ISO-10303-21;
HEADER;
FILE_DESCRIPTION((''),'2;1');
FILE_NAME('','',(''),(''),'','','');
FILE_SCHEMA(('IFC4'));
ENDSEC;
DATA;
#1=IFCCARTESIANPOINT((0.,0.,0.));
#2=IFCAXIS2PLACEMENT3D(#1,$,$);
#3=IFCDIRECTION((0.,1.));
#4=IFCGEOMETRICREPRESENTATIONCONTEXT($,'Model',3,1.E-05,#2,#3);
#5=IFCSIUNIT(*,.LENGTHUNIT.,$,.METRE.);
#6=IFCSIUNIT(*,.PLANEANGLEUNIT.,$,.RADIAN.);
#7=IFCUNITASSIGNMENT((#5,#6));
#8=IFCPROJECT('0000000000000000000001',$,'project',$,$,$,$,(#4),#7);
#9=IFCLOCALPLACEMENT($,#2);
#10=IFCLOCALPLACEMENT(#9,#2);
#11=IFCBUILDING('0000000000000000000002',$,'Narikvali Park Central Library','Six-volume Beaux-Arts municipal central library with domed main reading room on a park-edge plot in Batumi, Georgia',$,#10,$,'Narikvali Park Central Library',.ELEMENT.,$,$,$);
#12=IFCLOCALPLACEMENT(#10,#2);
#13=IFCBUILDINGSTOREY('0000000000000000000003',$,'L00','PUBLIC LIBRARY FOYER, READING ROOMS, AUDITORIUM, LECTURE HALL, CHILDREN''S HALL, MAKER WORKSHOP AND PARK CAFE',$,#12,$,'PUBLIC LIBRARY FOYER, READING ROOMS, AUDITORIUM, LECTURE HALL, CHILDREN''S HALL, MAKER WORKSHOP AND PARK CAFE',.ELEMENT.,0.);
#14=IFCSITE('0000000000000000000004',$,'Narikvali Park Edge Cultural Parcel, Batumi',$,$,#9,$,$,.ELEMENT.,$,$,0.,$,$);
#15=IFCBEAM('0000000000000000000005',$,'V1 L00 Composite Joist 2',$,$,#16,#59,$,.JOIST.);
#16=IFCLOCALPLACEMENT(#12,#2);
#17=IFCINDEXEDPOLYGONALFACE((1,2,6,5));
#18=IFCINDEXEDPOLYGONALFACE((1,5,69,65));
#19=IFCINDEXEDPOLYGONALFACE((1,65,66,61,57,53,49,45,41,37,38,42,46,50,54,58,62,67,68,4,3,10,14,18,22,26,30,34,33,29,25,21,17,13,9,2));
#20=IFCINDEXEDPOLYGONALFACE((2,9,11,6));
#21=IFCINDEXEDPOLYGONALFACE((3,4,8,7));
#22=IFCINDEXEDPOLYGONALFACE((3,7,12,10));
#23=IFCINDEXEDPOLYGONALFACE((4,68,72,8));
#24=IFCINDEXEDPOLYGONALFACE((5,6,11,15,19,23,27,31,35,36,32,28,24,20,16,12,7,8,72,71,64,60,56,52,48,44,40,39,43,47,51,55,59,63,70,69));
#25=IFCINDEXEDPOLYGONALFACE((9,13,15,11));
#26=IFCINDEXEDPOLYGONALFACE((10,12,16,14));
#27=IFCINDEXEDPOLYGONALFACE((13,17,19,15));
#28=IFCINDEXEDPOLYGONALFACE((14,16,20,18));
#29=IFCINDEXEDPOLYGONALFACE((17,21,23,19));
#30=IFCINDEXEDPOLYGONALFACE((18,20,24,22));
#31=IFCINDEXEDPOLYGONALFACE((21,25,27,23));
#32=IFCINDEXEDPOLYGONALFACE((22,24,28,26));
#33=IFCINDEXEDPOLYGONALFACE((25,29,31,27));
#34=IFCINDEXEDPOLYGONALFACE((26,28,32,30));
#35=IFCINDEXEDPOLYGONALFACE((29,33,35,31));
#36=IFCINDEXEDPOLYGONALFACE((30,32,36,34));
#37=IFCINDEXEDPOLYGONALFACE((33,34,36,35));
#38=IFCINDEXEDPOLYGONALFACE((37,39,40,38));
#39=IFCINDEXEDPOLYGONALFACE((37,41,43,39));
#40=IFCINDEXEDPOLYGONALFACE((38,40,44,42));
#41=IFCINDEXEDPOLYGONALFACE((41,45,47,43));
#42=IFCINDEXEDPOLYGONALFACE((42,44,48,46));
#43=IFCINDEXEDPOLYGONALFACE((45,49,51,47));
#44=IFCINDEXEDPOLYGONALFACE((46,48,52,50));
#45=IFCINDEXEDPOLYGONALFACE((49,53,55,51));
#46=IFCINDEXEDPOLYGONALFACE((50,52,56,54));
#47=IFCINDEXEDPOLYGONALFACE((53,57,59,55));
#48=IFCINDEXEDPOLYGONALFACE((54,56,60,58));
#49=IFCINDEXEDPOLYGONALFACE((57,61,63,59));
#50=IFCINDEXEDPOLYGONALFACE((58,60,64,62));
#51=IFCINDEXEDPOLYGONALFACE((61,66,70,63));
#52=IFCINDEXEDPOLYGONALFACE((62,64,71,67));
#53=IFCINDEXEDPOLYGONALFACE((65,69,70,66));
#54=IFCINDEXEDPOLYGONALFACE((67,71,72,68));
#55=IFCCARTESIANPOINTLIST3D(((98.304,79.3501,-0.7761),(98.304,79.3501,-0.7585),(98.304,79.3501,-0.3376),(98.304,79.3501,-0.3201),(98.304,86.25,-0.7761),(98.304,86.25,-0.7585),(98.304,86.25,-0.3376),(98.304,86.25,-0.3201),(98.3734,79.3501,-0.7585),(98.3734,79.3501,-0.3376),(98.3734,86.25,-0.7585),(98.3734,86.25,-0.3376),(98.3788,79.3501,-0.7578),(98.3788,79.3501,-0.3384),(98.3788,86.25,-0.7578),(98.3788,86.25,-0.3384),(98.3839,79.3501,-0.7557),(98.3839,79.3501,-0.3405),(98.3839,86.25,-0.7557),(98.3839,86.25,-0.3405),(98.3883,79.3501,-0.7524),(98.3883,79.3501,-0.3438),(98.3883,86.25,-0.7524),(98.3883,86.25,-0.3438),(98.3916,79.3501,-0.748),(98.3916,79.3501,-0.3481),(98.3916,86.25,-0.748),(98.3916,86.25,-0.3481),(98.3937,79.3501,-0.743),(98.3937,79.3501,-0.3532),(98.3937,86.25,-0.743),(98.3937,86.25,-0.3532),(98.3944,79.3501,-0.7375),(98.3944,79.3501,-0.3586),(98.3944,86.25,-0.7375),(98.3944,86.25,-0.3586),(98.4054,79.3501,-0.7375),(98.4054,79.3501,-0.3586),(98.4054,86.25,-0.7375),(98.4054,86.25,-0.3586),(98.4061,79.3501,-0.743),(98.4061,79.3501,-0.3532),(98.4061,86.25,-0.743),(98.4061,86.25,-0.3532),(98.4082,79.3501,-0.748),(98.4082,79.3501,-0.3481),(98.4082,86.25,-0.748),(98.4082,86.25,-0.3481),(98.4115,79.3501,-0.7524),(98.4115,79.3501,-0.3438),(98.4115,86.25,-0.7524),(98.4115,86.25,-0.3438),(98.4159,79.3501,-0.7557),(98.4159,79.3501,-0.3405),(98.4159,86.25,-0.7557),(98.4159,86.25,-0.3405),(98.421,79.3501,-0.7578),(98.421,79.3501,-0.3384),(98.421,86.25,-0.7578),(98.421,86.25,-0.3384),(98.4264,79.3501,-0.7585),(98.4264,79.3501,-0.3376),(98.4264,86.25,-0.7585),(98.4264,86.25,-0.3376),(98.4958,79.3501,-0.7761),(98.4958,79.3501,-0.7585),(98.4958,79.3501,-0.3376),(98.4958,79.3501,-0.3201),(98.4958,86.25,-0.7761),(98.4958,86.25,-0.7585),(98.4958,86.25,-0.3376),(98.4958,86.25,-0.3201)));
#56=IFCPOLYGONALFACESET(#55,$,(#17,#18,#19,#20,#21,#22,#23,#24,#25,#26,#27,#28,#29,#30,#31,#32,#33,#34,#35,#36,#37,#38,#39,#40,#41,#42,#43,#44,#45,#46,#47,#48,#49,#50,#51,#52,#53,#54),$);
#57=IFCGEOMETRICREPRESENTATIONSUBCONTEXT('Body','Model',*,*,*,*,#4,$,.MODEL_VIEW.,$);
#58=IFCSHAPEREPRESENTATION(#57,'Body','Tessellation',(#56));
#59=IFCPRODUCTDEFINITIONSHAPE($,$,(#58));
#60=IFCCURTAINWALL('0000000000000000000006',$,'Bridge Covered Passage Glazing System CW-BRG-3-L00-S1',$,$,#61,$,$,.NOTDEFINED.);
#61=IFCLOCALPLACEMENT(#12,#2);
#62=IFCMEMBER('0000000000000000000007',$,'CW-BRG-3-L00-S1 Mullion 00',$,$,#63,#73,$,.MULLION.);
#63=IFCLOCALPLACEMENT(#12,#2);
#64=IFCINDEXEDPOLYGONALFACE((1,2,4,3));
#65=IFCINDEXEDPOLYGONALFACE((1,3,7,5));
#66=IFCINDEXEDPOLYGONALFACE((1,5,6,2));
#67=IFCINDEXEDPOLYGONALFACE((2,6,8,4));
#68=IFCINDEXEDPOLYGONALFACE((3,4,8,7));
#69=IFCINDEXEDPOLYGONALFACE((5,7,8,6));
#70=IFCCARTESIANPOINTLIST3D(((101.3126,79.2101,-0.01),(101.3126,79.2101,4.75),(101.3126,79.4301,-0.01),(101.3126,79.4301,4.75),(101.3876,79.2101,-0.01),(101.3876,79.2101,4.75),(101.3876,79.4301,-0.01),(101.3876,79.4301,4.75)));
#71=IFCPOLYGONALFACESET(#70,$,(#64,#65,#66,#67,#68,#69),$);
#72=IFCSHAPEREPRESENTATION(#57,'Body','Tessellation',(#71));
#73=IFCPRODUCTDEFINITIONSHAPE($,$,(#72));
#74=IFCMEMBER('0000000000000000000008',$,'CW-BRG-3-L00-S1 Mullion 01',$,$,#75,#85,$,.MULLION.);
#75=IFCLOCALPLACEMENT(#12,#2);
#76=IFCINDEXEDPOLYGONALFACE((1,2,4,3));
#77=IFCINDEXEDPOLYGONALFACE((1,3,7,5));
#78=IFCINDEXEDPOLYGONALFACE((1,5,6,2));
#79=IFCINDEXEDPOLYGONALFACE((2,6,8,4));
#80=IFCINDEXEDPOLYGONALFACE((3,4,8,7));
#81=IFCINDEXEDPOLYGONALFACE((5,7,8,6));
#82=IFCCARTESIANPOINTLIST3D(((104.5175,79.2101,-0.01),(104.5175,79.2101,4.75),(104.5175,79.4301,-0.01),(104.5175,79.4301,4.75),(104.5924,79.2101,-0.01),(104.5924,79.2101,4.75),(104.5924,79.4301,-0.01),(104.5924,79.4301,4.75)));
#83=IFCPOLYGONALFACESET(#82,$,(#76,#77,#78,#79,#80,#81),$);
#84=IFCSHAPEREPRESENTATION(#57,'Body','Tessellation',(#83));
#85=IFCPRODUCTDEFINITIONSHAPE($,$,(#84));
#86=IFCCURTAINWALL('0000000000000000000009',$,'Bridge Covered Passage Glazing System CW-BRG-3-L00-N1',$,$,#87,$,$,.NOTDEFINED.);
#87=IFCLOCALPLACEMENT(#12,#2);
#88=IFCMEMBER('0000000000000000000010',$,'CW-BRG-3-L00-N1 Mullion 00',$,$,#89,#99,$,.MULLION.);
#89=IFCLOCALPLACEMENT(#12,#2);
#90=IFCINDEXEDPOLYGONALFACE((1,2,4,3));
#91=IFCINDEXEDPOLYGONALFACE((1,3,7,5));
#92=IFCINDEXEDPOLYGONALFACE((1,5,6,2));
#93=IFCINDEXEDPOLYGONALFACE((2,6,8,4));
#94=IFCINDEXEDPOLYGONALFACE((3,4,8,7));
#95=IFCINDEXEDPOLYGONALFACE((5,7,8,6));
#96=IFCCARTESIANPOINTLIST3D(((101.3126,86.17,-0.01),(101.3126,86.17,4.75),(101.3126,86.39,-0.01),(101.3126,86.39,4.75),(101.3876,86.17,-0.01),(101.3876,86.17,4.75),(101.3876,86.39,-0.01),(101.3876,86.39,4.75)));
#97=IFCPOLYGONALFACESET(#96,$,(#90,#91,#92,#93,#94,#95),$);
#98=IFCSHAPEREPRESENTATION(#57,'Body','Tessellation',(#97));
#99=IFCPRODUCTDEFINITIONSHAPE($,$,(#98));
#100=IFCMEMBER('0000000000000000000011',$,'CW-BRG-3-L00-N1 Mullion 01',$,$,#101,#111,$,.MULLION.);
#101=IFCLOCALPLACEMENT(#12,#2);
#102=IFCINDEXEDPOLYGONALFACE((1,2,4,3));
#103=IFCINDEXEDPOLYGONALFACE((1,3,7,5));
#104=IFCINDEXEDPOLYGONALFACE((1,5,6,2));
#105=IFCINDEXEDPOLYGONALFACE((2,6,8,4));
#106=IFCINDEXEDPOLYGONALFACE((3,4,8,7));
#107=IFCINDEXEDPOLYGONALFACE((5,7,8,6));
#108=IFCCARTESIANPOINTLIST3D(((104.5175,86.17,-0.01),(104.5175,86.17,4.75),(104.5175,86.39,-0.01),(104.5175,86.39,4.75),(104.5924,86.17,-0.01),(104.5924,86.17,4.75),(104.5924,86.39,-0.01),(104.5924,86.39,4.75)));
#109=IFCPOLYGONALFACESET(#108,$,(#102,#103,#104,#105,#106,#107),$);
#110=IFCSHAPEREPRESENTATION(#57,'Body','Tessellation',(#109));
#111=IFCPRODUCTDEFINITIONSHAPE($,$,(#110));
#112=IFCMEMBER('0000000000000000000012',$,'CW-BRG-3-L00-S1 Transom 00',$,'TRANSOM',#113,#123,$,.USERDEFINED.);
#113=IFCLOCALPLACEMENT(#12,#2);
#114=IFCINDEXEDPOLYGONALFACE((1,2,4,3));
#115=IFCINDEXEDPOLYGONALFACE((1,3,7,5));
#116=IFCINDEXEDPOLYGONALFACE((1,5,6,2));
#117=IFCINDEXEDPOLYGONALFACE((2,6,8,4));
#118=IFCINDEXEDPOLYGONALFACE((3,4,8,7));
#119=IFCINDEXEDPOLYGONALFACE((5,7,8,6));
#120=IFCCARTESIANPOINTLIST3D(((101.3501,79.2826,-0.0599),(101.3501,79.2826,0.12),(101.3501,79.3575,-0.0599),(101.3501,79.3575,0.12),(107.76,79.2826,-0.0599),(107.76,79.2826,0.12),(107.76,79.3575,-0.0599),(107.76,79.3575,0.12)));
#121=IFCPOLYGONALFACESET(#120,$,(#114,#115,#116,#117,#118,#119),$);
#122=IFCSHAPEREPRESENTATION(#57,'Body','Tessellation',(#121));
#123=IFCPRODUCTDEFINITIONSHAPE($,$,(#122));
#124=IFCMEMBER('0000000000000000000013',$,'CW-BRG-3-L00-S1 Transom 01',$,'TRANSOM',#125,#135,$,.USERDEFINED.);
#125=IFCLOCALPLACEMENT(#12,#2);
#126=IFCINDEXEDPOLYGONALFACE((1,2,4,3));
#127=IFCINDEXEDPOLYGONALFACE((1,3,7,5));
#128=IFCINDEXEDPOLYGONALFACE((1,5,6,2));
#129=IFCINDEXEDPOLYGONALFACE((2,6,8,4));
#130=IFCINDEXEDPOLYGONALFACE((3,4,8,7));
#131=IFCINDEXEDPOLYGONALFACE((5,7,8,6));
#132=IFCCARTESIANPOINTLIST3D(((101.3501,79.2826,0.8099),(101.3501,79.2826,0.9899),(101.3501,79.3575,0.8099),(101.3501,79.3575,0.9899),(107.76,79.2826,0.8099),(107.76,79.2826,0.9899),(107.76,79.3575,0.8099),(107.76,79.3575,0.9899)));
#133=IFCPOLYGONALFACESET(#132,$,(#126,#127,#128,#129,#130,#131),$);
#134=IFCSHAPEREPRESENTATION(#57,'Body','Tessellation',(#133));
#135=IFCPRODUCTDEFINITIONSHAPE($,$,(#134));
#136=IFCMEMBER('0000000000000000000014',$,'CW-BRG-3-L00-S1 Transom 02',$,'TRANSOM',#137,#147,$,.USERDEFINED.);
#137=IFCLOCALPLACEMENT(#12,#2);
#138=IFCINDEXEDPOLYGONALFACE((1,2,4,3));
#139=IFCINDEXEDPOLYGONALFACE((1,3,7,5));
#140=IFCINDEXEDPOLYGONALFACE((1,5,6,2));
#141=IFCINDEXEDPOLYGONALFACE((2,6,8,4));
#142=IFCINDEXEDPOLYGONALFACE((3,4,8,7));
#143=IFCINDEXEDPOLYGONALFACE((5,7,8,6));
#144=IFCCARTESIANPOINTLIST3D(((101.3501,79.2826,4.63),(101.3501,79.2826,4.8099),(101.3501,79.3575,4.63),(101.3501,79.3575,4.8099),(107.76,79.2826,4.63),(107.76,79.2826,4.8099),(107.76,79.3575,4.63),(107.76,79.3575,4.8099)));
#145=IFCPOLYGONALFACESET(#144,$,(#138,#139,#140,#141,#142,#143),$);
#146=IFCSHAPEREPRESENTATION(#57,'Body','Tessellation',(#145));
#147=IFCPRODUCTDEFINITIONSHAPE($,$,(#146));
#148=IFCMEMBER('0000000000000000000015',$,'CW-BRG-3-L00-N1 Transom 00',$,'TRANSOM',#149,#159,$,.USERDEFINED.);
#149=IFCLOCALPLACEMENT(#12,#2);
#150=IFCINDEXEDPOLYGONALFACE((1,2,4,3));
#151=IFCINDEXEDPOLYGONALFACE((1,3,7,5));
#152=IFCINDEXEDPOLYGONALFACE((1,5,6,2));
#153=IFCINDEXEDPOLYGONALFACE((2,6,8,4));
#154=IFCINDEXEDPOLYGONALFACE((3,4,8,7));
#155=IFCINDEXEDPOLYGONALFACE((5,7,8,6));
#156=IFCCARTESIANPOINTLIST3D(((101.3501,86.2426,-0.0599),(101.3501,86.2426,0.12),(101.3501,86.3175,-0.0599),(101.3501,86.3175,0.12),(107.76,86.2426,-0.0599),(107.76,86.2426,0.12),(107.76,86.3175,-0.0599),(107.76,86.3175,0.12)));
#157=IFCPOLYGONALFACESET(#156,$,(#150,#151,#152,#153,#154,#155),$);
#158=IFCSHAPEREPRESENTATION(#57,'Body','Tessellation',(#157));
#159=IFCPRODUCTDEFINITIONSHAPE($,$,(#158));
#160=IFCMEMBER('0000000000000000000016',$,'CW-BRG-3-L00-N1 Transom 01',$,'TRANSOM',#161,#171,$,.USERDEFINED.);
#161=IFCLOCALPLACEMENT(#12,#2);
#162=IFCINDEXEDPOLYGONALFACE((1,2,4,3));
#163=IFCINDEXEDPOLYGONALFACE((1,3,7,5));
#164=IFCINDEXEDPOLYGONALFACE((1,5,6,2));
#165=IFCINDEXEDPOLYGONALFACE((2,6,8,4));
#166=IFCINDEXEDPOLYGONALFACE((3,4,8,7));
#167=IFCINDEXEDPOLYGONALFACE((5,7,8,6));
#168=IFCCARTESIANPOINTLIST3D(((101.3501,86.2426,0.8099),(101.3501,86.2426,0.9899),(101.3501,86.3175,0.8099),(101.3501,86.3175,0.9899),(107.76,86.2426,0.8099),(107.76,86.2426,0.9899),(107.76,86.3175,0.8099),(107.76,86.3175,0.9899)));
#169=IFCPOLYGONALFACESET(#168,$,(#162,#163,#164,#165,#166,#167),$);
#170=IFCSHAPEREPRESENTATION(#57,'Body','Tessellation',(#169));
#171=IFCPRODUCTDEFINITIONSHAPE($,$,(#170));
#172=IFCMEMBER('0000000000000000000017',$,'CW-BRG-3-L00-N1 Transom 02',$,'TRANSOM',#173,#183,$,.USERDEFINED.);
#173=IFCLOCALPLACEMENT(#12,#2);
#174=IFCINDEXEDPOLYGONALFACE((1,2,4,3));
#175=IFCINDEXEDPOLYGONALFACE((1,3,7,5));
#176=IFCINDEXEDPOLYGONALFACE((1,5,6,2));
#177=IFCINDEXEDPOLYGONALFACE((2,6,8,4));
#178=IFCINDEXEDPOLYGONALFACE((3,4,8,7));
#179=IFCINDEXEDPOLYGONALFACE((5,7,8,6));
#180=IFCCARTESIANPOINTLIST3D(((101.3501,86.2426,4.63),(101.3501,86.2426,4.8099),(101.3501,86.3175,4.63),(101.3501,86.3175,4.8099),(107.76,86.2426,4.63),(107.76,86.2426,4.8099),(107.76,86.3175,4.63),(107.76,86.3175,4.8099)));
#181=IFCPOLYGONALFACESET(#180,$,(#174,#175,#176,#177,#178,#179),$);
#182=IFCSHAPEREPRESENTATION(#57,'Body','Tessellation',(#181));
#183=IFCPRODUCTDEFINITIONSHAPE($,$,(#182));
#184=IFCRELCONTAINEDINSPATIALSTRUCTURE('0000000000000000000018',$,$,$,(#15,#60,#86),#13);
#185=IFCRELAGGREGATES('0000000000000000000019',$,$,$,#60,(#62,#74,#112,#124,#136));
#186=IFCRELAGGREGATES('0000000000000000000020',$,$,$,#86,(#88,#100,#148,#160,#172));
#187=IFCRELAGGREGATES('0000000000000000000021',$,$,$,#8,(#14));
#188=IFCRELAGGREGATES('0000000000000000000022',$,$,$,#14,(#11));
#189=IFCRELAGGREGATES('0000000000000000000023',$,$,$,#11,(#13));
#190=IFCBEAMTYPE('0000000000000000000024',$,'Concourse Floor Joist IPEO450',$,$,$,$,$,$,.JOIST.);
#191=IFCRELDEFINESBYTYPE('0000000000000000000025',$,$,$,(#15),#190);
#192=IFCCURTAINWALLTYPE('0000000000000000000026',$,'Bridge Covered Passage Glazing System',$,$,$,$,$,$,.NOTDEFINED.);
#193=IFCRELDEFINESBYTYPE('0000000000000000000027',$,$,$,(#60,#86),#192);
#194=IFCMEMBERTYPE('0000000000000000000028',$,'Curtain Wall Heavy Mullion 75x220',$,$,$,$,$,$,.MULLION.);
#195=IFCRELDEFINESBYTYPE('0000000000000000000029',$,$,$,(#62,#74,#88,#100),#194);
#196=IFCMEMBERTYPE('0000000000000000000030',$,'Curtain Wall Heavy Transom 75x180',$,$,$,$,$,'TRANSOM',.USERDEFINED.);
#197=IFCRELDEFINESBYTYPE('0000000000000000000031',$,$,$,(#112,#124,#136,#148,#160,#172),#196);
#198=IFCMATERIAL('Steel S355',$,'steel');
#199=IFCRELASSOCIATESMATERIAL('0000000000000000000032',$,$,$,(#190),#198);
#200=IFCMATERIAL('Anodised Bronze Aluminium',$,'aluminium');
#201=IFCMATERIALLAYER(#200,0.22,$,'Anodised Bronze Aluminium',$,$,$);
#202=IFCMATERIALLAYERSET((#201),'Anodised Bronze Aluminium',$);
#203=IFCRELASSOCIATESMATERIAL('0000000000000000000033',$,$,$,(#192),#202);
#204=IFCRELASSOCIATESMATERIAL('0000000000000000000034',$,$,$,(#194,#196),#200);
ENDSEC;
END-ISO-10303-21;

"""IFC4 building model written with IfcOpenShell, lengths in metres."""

from ifc_helpers import new_model, si_unit, direction, frame, origin, origin_2d, place, context, subcontext, project, spatial, rectangle, i_section, extrude, material, layer, layer_set, material_profile, profile_set, type_object, element, aggregate, save


model = new_model("IFC4")

# Units and contexts
model_context = context("Model", 3, precision=1e-05, world=origin(), true_north=direction((0.0, 1.0)))
body_context = subcontext(model_context, "Body", "Model", "MODEL_VIEW")
ifc_project = project(units=[si_unit("LENGTHUNIT", "METRE"), si_unit("PLANEANGLEUNIT", "RADIAN")], contexts=[model_context])

# Site, building, storey
site_placement = place(None, origin())
site = spatial("IfcSite", under=ifc_project, at=site_placement, Name="Narikvali Park Edge Cultural Parcel, Batumi", CompositionType="ELEMENT", RefElevation=0.0)
building_placement = place(site_placement, origin())
building = spatial("IfcBuilding", under=site, at=building_placement, Name="Narikvali Park Central Library", Description="Six-volume Beaux-Arts municipal central library with domed main reading room on a park-edge plot in Batumi, Georgia", LongName="Narikvali Park Central Library", CompositionType="ELEMENT")
storey_placement = place(building_placement, origin())
storey = spatial("IfcBuildingStorey", under=building, at=storey_placement, Name="L00", Description="PUBLIC LIBRARY FOYER, READING ROOMS, AUDITORIUM, LECTURE HALL, CHILDREN'S HALL, MAKER WORKSHOP AND PARK CAFE", LongName="PUBLIC LIBRARY FOYER, READING ROOMS, AUDITORIUM, LECTURE HALL, CHILDREN'S HALL, MAKER WORKSHOP AND PARK CAFE", CompositionType="ELEMENT", Elevation=0.0)

# Shared definitions
ifc_material_1 = material(Name="Steel S355", Category="steel")

# Beam
ifc_material_profile_1 = material_profile(ifc_material_1, i_section(OverallWidth=0.1919, OverallDepth=0.4561, WebThickness=0.011, FlangeThickness=0.0176, FilletRadius=0.021, at=origin_2d()), Name="IPEO 450")
ifc_profile_set_1 = profile_set([ifc_material_profile_1], Name="Steel S355")
beam_type_1 = type_object("IfcBeamType", Name="Concourse Floor Joist IPEO450", PredefinedType="JOIST", material=ifc_profile_set_1)
beam_1_placement = place(storey_placement, frame((98.3999, 79.3501, -0.5481), z_axis=(0.0, 1.0, 0.0), x_axis=(-1.0, 0.0, 0.0)))
element("IfcBeam", 1, at=beam_1_placement, inside=storey, type_object=beam_type_1, Name="V1 L00 Composite Joist 2", PredefinedType="JOIST", context=body_context, shape_type="SweptSolid", body=[
    extrude(i_section(OverallWidth=0.1919, OverallDepth=0.4561, WebThickness=0.011, FlangeThickness=0.0176, FilletRadius=0.021, at=origin_2d()), origin(), (0.0, 0.0, 1.0), 6.8999),
])

# Curtain walls, members
ifc_material_2 = material(Name="Anodised Bronze Aluminium", Category="aluminium")
ifc_layer_1 = layer(ifc_material_2, 0.22, Name="Anodised Bronze Aluminium")
ifc_layer_set_1 = layer_set([ifc_layer_1], Name="Anodised Bronze Aluminium")
curtain_wall_type = type_object("IfcCurtainWallType", Name="Bridge Covered Passage Glazing System", PredefinedType="NOTDEFINED", material=ifc_layer_set_1)
curtain_wall_1_placement = place(storey_placement, origin())
curtain_wall_1 = element("IfcCurtainWall", 2, at=curtain_wall_1_placement, inside=storey, type_object=curtain_wall_type, Name="Bridge Covered Passage Glazing System CW-BRG-3-L00-S1", PredefinedType="NOTDEFINED")
ifc_material_profile_2 = material_profile(ifc_material_2, rectangle(XDim=0.075, YDim=0.22, at=origin_2d()), Name="CW MULLION 75x220")
ifc_profile_set_2 = profile_set([ifc_material_profile_2], Name="Anodised Bronze Aluminium")
member_type_1 = type_object("IfcMemberType", Name="Curtain Wall Heavy Mullion 75x220", PredefinedType="MULLION", material=ifc_profile_set_2)
member_1_placement = place(storey_placement, frame((101.3501, 79.3201, -0.01), z_axis=(0.0, 0.0, 1.0), x_axis=(1.0, 0.0, 0.0)))
member_1 = element("IfcMember", 3, at=member_1_placement, type_object=member_type_1, Name="CW-BRG-3-L00-S1 Mullion 00", PredefinedType="MULLION", context=body_context, shape_type="SweptSolid", body=[
    extrude(rectangle(XDim=0.075, YDim=0.22, at=origin_2d()), origin(), (0.0, 0.0, 1.0), 4.76),
])
member_2_placement = place(storey_placement, frame((104.5549, 79.3201, -0.01), z_axis=(0.0, 0.0, 1.0), x_axis=(1.0, 0.0, 0.0)))
member_2 = element("IfcMember", 4, at=member_2_placement, type_object=member_type_1, Name="CW-BRG-3-L00-S1 Mullion 01", PredefinedType="MULLION", context=body_context, shape_type="SweptSolid", body=[
    extrude(rectangle(XDim=0.075, YDim=0.22, at=origin_2d()), origin(), (0.0, 0.0, 1.0), 4.76),
])
curtain_wall_2_placement = place(storey_placement, origin())
curtain_wall_2 = element("IfcCurtainWall", 5, at=curtain_wall_2_placement, inside=storey, type_object=curtain_wall_type, Name="Bridge Covered Passage Glazing System CW-BRG-3-L00-N1", PredefinedType="NOTDEFINED")
member_3_placement = place(storey_placement, frame((101.3501, 86.28, -0.01), z_axis=(0.0, 0.0, 1.0), x_axis=(1.0, 0.0, 0.0)))
member_3 = element("IfcMember", 6, at=member_3_placement, type_object=member_type_1, Name="CW-BRG-3-L00-N1 Mullion 00", PredefinedType="MULLION", context=body_context, shape_type="SweptSolid", body=[
    extrude(rectangle(XDim=0.075, YDim=0.22, at=origin_2d()), origin(), (0.0, 0.0, 1.0), 4.76),
])
member_4_placement = place(storey_placement, frame((104.5549, 86.28, -0.01), z_axis=(0.0, 0.0, 1.0), x_axis=(1.0, 0.0, 0.0)))
member_4 = element("IfcMember", 7, at=member_4_placement, type_object=member_type_1, Name="CW-BRG-3-L00-N1 Mullion 01", PredefinedType="MULLION", context=body_context, shape_type="SweptSolid", body=[
    extrude(rectangle(XDim=0.075, YDim=0.22, at=origin_2d()), origin(), (0.0, 0.0, 1.0), 4.76),
])

# Members
ifc_material_profile_3 = material_profile(ifc_material_2, rectangle(XDim=0.075, YDim=0.1799, at=origin_2d()), Name="CW TRANSOM 75x180")
ifc_profile_set_3 = profile_set([ifc_material_profile_3], Name="Anodised Bronze Aluminium")
member_type_2 = type_object("IfcMemberType", Name="Curtain Wall Heavy Transom 75x180", ElementType="TRANSOM", PredefinedType="USERDEFINED", material=ifc_profile_set_3)
member_5_placement = place(storey_placement, frame((101.3501, 79.3201, 0.03), z_axis=(1.0, 0.0, 0.0), x_axis=(0.0, 1.0, 0.0)))
member_5 = element("IfcMember", 8, at=member_5_placement, type_object=member_type_2, Name="CW-BRG-3-L00-S1 Transom 00", ObjectType="TRANSOM", PredefinedType="USERDEFINED", context=body_context, shape_type="SweptSolid", body=[
    extrude(rectangle(XDim=0.075, YDim=0.1799, at=origin_2d()), origin(), (0.0, 0.0, 1.0), 6.4099),
])
member_6_placement = place(storey_placement, frame((101.3501, 79.3201, 0.8999), z_axis=(1.0, 0.0, 0.0), x_axis=(0.0, 1.0, 0.0)))
member_6 = element("IfcMember", 9, at=member_6_placement, type_object=member_type_2, Name="CW-BRG-3-L00-S1 Transom 01", ObjectType="TRANSOM", PredefinedType="USERDEFINED", context=body_context, shape_type="SweptSolid", body=[
    extrude(rectangle(XDim=0.075, YDim=0.1799, at=origin_2d()), origin(), (0.0, 0.0, 1.0), 6.4099),
])
member_7_placement = place(storey_placement, frame((101.3501, 79.3201, 4.72), z_axis=(1.0, 0.0, 0.0), x_axis=(0.0, 1.0, 0.0)))
member_7 = element("IfcMember", 10, at=member_7_placement, type_object=member_type_2, Name="CW-BRG-3-L00-S1 Transom 02", ObjectType="TRANSOM", PredefinedType="USERDEFINED", context=body_context, shape_type="SweptSolid", body=[
    extrude(rectangle(XDim=0.075, YDim=0.1799, at=origin_2d()), origin(), (0.0, 0.0, 1.0), 6.4099),
])
member_8_placement = place(storey_placement, frame((101.3501, 86.28, 0.03), z_axis=(1.0, 0.0, 0.0), x_axis=(0.0, 1.0, 0.0)))
member_8 = element("IfcMember", 11, at=member_8_placement, type_object=member_type_2, Name="CW-BRG-3-L00-N1 Transom 00", ObjectType="TRANSOM", PredefinedType="USERDEFINED", context=body_context, shape_type="SweptSolid", body=[
    extrude(rectangle(XDim=0.075, YDim=0.1799, at=origin_2d()), origin(), (0.0, 0.0, 1.0), 6.4099),
])
member_9_placement = place(storey_placement, frame((101.3501, 86.28, 0.8999), z_axis=(1.0, 0.0, 0.0), x_axis=(0.0, 1.0, 0.0)))
member_9 = element("IfcMember", 12, at=member_9_placement, type_object=member_type_2, Name="CW-BRG-3-L00-N1 Transom 01", ObjectType="TRANSOM", PredefinedType="USERDEFINED", context=body_context, shape_type="SweptSolid", body=[
    extrude(rectangle(XDim=0.075, YDim=0.1799, at=origin_2d()), origin(), (0.0, 0.0, 1.0), 6.4099),
])
member_10_placement = place(storey_placement, frame((101.3501, 86.28, 4.72), z_axis=(1.0, 0.0, 0.0), x_axis=(0.0, 1.0, 0.0)))
member_10 = element("IfcMember", 13, at=member_10_placement, type_object=member_type_2, Name="CW-BRG-3-L00-N1 Transom 02", ObjectType="TRANSOM", PredefinedType="USERDEFINED", context=body_context, shape_type="SweptSolid", body=[
    extrude(rectangle(XDim=0.075, YDim=0.1799, at=origin_2d()), origin(), (0.0, 0.0, 1.0), 6.4099),
])

aggregate(curtain_wall_1, [member_1, member_2, member_5, member_6, member_7])
aggregate(curtain_wall_2, [member_3, member_4, member_8, member_9, member_10])

save(model, "model.ifc")
